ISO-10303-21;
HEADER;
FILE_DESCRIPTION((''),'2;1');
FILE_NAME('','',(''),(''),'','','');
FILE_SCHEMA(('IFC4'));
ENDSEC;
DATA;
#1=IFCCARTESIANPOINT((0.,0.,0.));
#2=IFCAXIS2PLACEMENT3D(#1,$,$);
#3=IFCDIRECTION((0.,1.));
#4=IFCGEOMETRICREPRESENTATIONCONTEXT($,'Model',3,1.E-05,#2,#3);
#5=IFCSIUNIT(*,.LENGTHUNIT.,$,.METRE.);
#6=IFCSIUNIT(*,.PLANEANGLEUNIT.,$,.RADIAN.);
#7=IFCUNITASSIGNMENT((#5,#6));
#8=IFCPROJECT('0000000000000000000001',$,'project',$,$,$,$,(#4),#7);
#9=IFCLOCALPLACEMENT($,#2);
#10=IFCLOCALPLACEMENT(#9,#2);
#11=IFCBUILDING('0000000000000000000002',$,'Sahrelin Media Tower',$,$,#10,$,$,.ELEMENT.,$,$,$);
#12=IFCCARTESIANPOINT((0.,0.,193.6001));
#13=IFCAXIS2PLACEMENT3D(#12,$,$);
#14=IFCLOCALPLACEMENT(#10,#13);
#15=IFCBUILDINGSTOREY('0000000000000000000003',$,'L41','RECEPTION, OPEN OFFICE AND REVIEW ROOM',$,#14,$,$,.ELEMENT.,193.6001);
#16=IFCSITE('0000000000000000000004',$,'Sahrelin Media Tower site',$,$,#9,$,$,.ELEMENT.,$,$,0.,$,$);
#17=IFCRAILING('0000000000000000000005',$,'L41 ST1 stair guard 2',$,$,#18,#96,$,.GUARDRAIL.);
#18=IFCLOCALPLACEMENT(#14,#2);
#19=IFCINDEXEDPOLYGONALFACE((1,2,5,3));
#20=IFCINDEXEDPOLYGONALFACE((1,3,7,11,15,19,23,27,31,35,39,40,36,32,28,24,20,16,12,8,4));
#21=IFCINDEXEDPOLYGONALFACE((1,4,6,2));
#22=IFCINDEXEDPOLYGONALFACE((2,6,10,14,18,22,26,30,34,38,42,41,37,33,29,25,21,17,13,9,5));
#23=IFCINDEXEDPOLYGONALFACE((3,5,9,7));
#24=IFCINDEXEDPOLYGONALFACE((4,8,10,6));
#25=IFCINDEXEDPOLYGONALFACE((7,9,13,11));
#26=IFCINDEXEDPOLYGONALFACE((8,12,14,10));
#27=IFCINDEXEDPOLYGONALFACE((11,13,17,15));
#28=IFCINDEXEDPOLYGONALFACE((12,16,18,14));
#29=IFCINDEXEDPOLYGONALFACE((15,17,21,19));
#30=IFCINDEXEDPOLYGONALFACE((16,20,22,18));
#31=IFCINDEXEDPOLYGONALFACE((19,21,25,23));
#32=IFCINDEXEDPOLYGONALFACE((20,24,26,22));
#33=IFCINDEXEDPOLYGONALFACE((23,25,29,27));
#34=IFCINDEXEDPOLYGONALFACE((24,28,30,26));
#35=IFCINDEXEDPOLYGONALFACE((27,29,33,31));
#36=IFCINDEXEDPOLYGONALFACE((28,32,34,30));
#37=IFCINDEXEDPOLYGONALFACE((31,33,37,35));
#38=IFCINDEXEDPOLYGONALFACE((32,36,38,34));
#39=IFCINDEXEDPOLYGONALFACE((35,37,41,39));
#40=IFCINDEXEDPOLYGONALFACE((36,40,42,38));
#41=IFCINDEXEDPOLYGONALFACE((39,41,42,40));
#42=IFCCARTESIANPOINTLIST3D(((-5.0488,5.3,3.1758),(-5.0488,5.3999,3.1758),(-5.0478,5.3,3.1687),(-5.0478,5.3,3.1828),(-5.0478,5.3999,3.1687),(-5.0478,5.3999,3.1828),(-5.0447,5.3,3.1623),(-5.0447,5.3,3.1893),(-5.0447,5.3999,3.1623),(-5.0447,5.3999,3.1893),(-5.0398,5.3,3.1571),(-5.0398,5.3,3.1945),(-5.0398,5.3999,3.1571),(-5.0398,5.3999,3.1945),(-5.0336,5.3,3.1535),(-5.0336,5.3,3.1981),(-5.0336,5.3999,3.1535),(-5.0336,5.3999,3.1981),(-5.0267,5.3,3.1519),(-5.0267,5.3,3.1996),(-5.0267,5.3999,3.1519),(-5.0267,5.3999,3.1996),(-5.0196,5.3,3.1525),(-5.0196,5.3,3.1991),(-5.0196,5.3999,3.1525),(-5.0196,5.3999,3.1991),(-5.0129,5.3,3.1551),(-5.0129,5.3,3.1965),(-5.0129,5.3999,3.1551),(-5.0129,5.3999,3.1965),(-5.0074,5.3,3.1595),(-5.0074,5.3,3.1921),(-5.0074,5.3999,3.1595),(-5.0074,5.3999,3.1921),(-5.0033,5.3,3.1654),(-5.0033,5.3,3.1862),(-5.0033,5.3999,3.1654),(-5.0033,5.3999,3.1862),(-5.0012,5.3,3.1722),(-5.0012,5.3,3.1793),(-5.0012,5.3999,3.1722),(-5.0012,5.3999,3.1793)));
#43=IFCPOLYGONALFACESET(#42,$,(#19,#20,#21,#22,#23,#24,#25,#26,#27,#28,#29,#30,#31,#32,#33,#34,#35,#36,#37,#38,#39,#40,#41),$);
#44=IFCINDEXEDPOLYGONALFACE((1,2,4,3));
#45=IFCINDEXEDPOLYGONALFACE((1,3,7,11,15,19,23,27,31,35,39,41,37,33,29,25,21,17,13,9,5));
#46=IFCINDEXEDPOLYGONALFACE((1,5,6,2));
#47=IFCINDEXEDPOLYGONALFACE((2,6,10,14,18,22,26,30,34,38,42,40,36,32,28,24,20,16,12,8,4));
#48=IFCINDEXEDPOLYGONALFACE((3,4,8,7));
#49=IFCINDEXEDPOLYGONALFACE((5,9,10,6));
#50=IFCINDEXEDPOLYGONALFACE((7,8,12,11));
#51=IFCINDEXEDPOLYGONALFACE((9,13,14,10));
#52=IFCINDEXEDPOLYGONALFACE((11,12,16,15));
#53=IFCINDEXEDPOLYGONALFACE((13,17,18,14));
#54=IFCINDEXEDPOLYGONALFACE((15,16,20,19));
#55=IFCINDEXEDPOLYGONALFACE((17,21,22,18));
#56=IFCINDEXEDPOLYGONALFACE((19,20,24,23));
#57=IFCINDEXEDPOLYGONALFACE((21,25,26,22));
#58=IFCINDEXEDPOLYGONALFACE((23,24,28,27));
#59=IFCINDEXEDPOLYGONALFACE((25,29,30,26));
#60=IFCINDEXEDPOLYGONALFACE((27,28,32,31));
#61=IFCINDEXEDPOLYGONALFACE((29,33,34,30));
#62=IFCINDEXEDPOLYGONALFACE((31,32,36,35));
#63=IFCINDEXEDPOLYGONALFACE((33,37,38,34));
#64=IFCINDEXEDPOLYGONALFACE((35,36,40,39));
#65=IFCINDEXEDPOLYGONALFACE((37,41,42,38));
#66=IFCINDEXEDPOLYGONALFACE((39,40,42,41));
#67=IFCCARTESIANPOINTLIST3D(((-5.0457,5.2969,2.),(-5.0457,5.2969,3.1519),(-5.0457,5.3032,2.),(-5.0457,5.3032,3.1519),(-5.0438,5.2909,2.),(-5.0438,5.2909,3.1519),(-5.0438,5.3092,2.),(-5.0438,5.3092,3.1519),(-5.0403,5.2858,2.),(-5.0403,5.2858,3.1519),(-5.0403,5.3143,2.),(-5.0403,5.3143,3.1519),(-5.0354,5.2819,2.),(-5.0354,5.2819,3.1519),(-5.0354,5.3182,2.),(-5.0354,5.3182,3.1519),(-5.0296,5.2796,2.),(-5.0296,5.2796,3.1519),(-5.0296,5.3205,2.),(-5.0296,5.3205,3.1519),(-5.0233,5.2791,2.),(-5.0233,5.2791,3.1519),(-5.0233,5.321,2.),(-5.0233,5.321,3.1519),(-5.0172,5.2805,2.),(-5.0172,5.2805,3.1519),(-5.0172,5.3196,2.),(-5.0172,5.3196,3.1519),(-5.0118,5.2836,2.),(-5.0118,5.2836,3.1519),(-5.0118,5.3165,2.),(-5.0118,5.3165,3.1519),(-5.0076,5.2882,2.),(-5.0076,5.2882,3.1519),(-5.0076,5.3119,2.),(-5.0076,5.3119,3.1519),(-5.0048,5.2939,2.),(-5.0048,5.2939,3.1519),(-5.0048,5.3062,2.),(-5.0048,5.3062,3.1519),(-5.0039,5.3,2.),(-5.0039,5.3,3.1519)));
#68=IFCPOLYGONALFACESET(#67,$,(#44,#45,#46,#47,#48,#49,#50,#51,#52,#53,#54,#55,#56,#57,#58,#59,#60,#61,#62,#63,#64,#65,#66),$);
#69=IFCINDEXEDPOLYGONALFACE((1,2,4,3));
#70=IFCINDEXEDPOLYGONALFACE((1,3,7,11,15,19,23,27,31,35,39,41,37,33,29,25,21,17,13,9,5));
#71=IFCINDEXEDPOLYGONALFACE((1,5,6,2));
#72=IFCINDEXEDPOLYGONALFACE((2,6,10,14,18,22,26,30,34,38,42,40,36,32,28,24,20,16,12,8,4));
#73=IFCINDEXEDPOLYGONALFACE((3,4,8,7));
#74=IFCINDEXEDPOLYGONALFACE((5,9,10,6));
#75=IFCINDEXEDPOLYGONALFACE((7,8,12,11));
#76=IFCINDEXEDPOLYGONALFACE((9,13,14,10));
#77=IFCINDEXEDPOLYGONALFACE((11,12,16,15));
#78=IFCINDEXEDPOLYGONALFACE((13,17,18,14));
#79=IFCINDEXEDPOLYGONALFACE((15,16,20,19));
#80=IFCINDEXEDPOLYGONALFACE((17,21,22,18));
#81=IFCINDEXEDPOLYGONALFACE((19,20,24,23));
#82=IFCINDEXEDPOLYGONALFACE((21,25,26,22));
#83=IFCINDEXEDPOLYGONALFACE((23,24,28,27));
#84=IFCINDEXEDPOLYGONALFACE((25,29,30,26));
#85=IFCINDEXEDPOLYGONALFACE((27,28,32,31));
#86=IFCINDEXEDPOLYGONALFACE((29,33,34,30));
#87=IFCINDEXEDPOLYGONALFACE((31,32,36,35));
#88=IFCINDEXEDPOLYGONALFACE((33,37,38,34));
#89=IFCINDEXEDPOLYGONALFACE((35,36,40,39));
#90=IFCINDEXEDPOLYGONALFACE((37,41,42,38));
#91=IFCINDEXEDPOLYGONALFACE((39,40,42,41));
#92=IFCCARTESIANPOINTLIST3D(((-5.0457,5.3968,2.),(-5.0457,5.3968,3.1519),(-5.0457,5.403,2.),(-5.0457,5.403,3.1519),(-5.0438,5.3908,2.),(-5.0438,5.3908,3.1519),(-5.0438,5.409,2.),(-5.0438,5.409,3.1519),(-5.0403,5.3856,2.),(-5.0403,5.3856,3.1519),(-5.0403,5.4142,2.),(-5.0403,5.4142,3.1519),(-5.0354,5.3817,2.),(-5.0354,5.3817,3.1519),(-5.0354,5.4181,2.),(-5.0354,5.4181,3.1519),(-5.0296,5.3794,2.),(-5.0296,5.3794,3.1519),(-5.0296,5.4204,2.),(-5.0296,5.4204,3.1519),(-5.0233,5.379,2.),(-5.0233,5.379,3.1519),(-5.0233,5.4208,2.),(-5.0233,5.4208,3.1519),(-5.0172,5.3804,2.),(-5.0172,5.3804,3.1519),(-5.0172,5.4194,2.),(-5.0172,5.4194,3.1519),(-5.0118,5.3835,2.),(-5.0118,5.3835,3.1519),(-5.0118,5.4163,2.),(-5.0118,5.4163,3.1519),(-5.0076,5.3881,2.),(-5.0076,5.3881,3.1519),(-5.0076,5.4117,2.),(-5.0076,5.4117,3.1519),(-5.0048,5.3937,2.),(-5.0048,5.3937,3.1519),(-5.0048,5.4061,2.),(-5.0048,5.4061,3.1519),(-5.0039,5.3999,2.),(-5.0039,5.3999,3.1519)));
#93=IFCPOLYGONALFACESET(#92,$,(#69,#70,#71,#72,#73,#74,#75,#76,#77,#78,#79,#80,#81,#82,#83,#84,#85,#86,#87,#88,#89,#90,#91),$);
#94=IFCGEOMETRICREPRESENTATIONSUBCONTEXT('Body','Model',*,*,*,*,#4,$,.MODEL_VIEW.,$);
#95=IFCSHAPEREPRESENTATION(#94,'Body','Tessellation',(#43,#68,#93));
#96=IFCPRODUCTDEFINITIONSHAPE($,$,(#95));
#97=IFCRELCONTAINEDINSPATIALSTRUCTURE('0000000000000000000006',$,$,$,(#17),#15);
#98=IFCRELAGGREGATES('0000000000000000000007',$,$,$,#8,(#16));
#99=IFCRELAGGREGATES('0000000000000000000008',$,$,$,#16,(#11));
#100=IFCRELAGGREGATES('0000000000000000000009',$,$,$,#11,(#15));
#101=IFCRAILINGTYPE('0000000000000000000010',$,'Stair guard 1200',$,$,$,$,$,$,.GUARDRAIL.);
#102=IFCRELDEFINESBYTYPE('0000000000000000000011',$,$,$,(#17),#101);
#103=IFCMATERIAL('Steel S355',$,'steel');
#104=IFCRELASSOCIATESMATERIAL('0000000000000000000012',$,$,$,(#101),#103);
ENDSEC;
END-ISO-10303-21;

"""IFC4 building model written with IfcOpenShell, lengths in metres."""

from ifc_helpers import new_model, si_unit, direction, frame, origin, origin_2d, place, context, subcontext, project, spatial, circle, extrude, material, type_object, element, save


model = new_model("IFC4")

# Units and contexts
model_context = context("Model", 3, precision=1e-05, world=origin(), true_north=direction((0.0, 1.0)))
body_context = subcontext(model_context, "Body", "Model", "MODEL_VIEW")
ifc_project = project(units=[si_unit("LENGTHUNIT", "METRE"), si_unit("PLANEANGLEUNIT", "RADIAN")], contexts=[model_context])

# Site, building, storey
site_placement = place(None, origin())
site = spatial("IfcSite", under=ifc_project, at=site_placement, Name="Sahrelin Media Tower site", CompositionType="ELEMENT", RefElevation=0.0)
building_placement = place(site_placement, origin())
building = spatial("IfcBuilding", under=site, at=building_placement, Name="Sahrelin Media Tower", CompositionType="ELEMENT")
storey_placement = place(building_placement, frame((0.0, 0.0, 193.6001)))
storey = spatial("IfcBuildingStorey", under=building, at=storey_placement, Name="L41", Description="RECEPTION, OPEN OFFICE AND REVIEW ROOM", CompositionType="ELEMENT", Elevation=193.6001)

# Shared definitions
ifc_material_1 = material(Name="Steel S355", Category="steel")

# Railing
railing_type_1 = type_object("IfcRailingType", Name="Stair guard 1200", PredefinedType="GUARDRAIL", material=ifc_material_1)
railing_1_placement = place(storey_placement, frame((-5.0249, 5.3, 2.0)))
element("IfcRailing", 1, at=railing_1_placement, inside=storey, type_object=railing_type_1, Name="L41 ST1 stair guard 2", PredefinedType="GUARDRAIL", context=body_context, shape_type="SweptSolid", body=[
    extrude(circle(Radius=0.0239, at=origin_2d()), frame((0.0, 0.0, 1.1758), z_axis=(0.0, 1.0, 0.0), x_axis=(-1.0, 0.0, 0.0)), (0.0, 0.0, 1.0), 0.0999),
    extrude(circle(Radius=0.021, at=origin_2d()), origin(), (0.0, 0.0, 1.0), 1.1519),
    extrude(circle(Radius=0.021, at=origin_2d()), frame((0.0, 0.0999, 0.0)), (0.0, 0.0, 1.0), 1.1519),
])

save(model, "model.ifc")
